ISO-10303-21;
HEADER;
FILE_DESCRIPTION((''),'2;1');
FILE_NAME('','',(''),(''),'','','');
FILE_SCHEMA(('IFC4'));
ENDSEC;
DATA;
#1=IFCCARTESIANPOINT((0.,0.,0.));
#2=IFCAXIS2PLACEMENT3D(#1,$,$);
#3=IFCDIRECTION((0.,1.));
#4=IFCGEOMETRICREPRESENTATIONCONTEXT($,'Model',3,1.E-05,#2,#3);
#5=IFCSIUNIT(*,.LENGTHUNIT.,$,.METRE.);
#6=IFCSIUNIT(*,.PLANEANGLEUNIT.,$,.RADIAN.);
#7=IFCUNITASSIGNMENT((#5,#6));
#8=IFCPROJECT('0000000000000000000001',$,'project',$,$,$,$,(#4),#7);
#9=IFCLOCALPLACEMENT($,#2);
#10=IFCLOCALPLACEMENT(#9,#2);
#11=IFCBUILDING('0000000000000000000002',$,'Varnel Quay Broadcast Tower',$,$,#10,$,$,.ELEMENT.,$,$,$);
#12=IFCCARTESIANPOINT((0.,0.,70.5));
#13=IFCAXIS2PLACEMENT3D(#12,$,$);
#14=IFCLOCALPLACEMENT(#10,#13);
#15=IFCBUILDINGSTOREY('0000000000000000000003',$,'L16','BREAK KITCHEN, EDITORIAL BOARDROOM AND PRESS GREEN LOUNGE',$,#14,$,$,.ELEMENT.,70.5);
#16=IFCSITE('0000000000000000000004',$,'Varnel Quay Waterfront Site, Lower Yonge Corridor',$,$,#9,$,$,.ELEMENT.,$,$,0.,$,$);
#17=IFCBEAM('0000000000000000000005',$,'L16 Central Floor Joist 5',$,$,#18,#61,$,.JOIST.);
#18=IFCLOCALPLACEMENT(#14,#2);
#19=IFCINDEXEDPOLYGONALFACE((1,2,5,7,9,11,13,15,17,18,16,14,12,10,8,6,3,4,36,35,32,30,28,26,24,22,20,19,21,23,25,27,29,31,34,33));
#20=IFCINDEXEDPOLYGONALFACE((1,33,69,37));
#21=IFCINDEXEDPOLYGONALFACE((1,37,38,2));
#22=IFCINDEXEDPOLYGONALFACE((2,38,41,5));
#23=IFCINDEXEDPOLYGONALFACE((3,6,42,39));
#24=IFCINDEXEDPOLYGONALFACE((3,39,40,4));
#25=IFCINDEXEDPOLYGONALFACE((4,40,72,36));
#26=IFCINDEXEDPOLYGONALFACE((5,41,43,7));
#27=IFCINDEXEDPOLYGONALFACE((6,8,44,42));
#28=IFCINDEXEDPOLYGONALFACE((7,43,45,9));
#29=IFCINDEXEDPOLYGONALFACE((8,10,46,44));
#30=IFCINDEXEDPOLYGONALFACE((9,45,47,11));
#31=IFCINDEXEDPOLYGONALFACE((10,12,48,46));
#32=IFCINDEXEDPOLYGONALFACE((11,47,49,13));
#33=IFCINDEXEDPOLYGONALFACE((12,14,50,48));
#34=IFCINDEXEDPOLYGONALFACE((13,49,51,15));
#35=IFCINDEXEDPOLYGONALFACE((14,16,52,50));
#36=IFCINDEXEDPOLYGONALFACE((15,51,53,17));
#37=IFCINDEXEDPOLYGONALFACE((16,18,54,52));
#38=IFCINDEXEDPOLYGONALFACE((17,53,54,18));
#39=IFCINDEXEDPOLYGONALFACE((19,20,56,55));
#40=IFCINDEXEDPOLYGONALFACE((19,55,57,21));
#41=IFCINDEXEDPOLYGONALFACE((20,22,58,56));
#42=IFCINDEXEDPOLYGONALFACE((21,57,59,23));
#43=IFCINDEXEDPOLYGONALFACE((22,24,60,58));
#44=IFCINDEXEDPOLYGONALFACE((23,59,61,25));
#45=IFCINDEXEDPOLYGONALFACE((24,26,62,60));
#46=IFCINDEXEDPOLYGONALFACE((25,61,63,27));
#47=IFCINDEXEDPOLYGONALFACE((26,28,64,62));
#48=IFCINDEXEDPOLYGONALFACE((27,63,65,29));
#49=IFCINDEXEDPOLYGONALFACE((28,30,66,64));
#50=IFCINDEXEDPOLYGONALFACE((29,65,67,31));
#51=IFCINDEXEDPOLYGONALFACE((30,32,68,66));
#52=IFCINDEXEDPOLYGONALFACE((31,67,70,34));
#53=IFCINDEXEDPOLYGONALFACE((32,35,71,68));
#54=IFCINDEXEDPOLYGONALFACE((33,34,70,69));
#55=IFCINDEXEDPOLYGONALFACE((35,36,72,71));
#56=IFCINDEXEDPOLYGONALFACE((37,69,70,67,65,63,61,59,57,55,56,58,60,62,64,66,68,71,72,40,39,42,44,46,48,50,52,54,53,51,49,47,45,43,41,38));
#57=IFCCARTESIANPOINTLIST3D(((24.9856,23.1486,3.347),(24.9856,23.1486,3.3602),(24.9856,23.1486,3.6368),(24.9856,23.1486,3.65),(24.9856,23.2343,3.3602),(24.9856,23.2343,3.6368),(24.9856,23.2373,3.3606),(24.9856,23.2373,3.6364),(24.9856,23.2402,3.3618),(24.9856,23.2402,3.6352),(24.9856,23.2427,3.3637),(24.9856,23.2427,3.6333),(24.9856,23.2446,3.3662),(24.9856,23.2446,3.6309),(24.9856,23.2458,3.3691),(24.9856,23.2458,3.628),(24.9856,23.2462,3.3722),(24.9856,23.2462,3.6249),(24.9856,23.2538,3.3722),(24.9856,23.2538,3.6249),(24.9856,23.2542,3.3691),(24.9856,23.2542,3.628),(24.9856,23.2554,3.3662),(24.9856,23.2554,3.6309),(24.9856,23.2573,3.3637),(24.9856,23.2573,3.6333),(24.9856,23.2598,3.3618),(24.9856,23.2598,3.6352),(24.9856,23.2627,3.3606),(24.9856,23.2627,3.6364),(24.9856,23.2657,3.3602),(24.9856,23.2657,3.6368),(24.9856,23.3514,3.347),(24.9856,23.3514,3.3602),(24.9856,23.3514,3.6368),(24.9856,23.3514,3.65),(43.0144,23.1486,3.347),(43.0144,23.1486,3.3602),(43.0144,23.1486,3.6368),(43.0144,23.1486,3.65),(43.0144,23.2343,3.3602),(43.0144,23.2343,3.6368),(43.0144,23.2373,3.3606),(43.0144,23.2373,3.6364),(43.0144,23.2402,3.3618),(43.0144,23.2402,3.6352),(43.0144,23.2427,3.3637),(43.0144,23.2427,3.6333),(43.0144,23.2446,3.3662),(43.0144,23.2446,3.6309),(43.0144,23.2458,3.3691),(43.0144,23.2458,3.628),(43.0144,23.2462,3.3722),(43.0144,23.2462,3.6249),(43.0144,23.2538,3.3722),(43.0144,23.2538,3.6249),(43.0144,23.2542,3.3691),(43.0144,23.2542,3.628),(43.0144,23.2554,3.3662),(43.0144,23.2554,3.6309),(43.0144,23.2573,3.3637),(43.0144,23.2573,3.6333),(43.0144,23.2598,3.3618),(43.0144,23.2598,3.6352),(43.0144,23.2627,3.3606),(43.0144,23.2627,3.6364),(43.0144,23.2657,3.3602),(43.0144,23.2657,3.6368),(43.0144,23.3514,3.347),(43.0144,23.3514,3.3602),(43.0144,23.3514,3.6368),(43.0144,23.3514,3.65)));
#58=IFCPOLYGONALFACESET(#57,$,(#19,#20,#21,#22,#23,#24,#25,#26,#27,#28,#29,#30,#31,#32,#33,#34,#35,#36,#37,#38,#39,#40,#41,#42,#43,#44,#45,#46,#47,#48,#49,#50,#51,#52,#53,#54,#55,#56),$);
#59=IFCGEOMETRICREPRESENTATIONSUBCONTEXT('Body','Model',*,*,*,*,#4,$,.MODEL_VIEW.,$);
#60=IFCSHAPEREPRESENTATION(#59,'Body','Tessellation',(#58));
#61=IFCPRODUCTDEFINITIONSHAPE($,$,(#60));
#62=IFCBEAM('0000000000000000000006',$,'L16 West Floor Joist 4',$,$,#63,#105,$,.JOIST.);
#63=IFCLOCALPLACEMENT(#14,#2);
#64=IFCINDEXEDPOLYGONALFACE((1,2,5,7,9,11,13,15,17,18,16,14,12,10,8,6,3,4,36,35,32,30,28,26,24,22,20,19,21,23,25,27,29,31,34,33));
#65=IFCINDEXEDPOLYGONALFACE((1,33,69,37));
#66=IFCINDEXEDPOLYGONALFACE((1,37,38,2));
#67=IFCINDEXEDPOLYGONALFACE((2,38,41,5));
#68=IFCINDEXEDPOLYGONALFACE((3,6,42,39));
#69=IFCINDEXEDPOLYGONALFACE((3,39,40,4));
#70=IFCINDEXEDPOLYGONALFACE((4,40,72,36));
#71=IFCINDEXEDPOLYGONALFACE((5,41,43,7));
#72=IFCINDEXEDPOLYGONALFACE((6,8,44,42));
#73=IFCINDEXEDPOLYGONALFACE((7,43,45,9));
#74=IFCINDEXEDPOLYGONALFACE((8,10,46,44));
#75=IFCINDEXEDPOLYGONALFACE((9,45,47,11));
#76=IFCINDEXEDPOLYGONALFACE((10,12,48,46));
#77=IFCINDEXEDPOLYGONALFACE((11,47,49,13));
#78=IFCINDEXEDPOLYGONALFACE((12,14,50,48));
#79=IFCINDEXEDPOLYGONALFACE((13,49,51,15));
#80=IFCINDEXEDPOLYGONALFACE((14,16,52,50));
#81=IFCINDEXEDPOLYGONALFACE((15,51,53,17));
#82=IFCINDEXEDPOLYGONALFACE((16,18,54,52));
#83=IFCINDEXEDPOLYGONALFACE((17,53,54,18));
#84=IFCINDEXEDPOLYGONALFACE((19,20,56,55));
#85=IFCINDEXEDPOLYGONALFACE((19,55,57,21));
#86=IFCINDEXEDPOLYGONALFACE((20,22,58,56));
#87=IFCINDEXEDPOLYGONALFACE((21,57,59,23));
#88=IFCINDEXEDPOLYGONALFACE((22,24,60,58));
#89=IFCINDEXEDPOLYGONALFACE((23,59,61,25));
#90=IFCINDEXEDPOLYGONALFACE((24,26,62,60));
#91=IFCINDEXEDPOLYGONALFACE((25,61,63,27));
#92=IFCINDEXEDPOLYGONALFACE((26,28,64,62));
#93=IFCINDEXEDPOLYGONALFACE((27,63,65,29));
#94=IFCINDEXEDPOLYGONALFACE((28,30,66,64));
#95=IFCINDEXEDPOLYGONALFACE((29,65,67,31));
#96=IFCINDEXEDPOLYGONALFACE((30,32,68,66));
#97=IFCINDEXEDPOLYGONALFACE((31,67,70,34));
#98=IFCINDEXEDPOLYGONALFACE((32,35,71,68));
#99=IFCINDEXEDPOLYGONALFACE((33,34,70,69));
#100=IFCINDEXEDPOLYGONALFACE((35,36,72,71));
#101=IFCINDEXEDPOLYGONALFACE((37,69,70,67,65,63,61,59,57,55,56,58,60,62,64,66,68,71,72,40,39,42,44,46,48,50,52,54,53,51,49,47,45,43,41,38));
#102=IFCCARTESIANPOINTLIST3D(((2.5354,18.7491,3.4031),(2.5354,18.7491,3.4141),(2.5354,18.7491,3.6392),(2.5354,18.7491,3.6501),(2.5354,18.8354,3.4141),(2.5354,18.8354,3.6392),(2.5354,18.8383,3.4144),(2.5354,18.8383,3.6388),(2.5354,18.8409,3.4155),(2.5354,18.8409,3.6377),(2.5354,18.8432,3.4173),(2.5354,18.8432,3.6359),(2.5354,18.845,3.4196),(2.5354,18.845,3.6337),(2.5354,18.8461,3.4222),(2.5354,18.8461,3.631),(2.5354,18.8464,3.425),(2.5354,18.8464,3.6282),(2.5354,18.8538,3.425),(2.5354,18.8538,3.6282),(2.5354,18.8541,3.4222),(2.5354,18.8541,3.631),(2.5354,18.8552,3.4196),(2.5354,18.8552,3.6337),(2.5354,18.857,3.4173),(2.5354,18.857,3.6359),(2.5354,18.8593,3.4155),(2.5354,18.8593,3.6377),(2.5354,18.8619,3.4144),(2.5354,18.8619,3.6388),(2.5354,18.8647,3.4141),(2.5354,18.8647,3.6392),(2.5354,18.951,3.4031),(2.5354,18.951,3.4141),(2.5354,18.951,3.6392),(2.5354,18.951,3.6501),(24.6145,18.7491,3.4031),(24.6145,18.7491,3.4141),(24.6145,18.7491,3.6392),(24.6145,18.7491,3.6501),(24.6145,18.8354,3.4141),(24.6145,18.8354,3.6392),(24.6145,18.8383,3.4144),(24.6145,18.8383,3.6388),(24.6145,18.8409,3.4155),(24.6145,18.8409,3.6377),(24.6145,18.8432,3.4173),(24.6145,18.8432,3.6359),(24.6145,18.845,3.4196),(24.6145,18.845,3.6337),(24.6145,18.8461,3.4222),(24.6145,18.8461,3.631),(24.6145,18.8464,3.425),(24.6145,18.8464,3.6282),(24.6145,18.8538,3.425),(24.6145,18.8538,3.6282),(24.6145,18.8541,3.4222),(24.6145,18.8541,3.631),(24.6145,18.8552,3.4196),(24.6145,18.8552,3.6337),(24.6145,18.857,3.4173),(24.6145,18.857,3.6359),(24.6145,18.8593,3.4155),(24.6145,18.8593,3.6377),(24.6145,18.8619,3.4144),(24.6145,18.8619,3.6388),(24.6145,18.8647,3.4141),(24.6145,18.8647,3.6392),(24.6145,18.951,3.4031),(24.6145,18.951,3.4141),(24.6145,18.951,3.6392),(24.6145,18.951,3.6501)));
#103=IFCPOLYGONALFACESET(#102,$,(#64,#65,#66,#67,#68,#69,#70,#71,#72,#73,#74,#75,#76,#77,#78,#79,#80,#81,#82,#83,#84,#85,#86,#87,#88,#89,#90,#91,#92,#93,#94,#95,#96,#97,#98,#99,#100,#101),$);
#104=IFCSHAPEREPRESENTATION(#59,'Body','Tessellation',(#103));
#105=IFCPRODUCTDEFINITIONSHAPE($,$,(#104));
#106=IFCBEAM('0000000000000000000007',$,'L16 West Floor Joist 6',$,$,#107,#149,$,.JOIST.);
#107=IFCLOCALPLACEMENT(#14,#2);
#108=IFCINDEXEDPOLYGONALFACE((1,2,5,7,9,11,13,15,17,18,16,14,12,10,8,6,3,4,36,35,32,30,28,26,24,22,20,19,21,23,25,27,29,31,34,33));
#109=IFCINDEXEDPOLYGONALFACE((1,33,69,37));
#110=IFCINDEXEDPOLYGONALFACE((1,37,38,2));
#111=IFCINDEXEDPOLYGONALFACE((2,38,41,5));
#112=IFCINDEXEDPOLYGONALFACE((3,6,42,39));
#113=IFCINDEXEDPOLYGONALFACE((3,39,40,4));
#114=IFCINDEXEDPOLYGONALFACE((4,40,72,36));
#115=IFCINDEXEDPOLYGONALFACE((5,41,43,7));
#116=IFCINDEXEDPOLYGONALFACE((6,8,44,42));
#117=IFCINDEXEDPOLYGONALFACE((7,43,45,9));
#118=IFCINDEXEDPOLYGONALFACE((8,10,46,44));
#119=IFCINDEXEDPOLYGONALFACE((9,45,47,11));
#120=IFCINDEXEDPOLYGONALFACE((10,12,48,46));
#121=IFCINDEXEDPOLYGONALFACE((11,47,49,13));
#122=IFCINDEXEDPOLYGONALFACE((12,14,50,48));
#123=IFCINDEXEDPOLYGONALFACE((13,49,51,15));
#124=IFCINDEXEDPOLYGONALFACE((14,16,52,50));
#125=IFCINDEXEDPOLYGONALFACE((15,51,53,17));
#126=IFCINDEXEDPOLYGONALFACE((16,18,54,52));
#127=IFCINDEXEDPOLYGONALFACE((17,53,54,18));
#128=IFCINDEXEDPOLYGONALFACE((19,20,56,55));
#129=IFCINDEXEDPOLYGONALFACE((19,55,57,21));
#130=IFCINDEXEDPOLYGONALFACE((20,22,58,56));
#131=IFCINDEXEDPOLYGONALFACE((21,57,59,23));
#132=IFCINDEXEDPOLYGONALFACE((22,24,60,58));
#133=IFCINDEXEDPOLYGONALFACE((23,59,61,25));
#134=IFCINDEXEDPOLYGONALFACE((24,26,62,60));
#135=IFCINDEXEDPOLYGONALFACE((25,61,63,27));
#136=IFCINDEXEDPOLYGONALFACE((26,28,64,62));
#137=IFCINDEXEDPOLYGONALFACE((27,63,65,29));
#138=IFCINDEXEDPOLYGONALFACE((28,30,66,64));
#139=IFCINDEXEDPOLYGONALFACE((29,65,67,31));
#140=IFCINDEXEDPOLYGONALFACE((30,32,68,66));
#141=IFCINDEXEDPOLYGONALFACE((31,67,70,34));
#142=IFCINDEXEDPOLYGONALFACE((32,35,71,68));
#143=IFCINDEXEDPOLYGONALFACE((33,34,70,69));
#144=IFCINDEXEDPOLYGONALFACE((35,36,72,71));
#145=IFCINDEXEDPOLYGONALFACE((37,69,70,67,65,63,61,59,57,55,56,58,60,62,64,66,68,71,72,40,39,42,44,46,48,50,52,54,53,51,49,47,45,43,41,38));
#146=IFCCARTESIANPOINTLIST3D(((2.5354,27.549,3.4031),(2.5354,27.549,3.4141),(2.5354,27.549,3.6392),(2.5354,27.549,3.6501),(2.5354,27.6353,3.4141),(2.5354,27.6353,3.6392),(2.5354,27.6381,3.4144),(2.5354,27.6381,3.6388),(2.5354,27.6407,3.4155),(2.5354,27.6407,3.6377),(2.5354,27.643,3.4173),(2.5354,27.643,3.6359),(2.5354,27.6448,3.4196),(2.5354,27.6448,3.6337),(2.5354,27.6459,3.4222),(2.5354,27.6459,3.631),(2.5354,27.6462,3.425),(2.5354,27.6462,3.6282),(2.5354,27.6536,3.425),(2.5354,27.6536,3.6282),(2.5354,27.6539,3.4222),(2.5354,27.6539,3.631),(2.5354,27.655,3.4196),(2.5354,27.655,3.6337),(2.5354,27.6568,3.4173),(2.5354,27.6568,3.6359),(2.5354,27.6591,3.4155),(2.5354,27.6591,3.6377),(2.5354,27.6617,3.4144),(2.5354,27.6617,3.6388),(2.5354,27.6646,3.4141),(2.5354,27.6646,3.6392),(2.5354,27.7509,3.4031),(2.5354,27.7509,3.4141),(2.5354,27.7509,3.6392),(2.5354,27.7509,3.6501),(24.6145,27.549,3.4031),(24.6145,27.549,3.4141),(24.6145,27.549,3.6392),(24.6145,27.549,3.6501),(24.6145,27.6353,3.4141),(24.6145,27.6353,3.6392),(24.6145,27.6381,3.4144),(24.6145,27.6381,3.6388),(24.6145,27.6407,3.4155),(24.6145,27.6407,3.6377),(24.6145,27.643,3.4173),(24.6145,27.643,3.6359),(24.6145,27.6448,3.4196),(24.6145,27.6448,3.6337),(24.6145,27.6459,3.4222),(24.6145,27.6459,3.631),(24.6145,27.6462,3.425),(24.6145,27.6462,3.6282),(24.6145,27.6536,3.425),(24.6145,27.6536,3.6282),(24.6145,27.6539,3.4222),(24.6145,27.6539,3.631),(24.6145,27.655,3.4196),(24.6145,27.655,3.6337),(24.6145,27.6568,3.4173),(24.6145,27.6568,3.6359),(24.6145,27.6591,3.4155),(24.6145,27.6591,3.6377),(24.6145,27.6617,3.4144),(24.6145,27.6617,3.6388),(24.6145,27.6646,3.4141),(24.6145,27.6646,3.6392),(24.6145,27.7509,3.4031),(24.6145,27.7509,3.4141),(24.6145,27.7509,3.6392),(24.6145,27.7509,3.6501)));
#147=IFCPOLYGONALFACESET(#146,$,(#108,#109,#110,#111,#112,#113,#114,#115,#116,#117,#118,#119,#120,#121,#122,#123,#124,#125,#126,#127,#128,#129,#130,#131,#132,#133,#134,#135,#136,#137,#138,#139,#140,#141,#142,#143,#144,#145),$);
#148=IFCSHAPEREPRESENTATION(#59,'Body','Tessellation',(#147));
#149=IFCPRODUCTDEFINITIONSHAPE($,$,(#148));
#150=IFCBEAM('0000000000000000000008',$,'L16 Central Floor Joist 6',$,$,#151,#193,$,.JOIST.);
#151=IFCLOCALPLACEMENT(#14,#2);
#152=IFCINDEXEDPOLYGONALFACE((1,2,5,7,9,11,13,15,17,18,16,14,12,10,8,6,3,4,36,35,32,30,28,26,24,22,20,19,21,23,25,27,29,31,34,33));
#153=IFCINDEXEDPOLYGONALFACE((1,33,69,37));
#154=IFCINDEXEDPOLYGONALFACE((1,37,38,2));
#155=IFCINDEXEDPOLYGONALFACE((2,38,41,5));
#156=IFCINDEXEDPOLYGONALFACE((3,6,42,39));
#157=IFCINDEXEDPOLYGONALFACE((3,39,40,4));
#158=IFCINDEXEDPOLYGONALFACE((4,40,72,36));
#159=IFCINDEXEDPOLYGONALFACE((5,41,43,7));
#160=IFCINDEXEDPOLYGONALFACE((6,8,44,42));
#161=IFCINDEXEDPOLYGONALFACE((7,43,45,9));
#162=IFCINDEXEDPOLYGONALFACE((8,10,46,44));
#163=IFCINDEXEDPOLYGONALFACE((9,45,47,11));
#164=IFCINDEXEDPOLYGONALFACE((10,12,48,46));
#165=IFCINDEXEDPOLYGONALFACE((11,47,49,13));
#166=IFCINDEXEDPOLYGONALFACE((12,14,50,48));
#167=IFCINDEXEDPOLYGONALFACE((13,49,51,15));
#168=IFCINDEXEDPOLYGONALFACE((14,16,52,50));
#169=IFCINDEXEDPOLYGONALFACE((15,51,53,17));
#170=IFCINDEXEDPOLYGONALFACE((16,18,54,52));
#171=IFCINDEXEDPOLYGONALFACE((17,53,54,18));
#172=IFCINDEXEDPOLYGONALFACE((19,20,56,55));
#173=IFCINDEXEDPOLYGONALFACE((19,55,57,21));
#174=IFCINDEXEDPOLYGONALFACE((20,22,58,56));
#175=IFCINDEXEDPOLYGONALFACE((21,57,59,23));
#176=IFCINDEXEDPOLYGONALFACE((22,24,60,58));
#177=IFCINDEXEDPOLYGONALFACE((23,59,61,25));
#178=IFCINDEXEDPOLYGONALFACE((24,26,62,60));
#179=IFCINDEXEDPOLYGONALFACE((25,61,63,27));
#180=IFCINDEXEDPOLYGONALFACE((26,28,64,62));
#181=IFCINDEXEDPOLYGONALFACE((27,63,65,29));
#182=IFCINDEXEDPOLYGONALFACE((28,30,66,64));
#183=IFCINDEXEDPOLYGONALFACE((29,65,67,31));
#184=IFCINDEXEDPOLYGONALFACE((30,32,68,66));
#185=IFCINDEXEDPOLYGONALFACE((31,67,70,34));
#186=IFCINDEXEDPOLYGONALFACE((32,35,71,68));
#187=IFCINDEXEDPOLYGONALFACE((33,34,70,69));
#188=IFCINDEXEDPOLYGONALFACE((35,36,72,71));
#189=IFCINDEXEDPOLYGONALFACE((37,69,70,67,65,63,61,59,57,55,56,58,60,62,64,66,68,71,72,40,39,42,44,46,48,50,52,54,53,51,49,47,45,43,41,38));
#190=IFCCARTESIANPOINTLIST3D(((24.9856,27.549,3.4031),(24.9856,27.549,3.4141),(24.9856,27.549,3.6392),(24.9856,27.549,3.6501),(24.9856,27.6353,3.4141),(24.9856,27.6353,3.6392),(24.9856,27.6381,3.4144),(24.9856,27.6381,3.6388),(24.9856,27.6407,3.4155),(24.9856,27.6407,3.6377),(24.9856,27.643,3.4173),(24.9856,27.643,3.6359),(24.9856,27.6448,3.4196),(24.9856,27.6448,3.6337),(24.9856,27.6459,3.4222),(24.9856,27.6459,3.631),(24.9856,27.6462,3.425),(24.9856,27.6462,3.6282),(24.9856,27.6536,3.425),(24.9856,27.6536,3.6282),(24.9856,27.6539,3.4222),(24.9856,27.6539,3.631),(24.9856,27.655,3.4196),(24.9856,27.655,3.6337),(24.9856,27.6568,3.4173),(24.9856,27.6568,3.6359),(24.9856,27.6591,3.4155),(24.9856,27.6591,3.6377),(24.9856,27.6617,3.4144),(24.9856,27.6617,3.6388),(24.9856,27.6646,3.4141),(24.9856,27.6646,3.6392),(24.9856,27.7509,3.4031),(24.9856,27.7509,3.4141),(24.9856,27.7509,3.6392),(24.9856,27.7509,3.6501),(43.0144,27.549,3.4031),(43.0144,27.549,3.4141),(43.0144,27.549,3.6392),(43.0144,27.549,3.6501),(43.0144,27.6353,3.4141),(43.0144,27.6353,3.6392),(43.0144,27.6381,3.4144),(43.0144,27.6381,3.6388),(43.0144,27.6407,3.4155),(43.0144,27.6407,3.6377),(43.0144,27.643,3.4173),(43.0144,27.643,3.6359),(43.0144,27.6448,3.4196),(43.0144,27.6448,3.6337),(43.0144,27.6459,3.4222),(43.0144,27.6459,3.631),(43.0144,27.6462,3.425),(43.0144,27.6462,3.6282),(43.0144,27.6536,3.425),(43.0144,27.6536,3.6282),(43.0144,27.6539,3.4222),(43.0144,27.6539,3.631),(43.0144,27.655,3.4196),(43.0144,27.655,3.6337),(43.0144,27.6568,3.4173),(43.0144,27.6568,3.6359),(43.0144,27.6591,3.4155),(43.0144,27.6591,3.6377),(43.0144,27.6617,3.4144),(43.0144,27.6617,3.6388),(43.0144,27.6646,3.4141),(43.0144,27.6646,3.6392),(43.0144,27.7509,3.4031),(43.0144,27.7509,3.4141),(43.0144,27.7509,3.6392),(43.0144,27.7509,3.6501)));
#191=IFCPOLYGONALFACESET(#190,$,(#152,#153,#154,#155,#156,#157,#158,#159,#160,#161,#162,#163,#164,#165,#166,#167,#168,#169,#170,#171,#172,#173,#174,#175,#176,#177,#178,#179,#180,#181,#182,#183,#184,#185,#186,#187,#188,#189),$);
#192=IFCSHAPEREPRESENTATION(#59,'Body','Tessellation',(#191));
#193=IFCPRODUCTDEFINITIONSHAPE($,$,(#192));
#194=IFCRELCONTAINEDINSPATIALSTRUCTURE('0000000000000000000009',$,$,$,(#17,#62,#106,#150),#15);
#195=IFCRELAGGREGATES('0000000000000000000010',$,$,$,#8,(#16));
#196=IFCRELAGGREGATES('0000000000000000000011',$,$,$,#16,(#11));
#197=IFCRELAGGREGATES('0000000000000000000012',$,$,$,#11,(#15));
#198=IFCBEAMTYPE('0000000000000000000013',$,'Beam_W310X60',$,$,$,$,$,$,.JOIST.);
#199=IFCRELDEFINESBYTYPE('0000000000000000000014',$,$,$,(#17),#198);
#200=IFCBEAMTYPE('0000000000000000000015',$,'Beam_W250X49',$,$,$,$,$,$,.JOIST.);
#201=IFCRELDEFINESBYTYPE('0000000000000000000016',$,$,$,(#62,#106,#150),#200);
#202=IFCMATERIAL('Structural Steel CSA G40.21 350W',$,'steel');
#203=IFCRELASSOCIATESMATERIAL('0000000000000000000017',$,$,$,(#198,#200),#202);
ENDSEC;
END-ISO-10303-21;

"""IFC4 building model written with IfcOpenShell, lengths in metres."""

from ifc_helpers import new_model, si_unit, direction, frame, origin, origin_2d, place, context, subcontext, project, spatial, i_section, extrude, source, transform, mapped, material, material_profile, profile_set, type_object, type_shapes, element, save


model = new_model("IFC4")

# Units and contexts
model_context = context("Model", 3, precision=1e-05, world=origin(), true_north=direction((0.0, 1.0)))
body_context = subcontext(model_context, "Body", "Model", "MODEL_VIEW")
ifc_project = project(units=[si_unit("LENGTHUNIT", "METRE"), si_unit("PLANEANGLEUNIT", "RADIAN")], contexts=[model_context])

# Site, building, storey
site_placement = place(None, origin())
site = spatial("IfcSite", under=ifc_project, at=site_placement, Name="Varnel Quay Waterfront Site, Lower Yonge Corridor", CompositionType="ELEMENT", RefElevation=0.0)
building_placement = place(site_placement, origin())
building = spatial("IfcBuilding", under=site, at=building_placement, Name="Varnel Quay Broadcast Tower", CompositionType="ELEMENT")
storey_placement = place(building_placement, frame((0.0, 0.0, 70.5)))
storey = spatial("IfcBuildingStorey", under=building, at=storey_placement, Name="L16", Description="BREAK KITCHEN, EDITORIAL BOARDROOM AND PRESS GREEN LOUNGE", CompositionType="ELEMENT", Elevation=70.5)

# Shared definitions
ifc_material_1 = material(Name="Structural Steel CSA G40.21 350W", Category="steel")

# Beams
ifc_material_profile_1 = material_profile(ifc_material_1, i_section(OverallWidth=0.2029, OverallDepth=0.303, WebThickness=0.0076, FlangeThickness=0.0132, FilletRadius=0.012, at=origin_2d()), Name="W310X60")
ifc_profile_set_1 = profile_set([ifc_material_profile_1], Name="Structural Steel CSA G40.21 350W")
beam_type_1 = type_object("IfcBeamType", Name="Beam_W310X60", PredefinedType="JOIST", material=ifc_profile_set_1)
shared_shape_1 = source(origin(), body_context, "Body", "SweptSolid", [
    extrude(i_section(OverallWidth=0.2029, OverallDepth=0.303, WebThickness=0.0076, FlangeThickness=0.0132, FilletRadius=0.012, at=origin_2d()), origin(), (0.0, 0.0, 1.0), 18.0288),
])
beam_1_placement = place(storey_placement, frame((24.9856, 23.25, 3.4985), z_axis=(1.0, 0.0, 0.0), x_axis=(0.0, 1.0, 0.0)))
element("IfcBeam", 1, at=beam_1_placement, inside=storey, type_object=beam_type_1, Name="L16 Central Floor Joist 5", PredefinedType="JOIST", context=body_context, shape_type="MappedRepresentation", body=[
    mapped(shared_shape_1, transform((0.0, 0.0, 0.0), x_axis=(1.0, 0.0, 0.0), y_axis=(0.0, 1.0, 0.0), z_axis=(0.0, 0.0, 1.0), scale=1.0)),
])
ifc_material_profile_2 = material_profile(ifc_material_1, i_section(OverallWidth=0.2019, OverallDepth=0.2471, WebThickness=0.0073, FlangeThickness=0.011, FilletRadius=0.011, at=origin_2d()), Name="W250X49")
ifc_profile_set_2 = profile_set([ifc_material_profile_2], Name="Structural Steel CSA G40.21 350W")
beam_type_2 = type_object("IfcBeamType", Name="Beam_W250X49", PredefinedType="JOIST", material=ifc_profile_set_2)
shared_shape_2 = source(origin(), body_context, "Body", "SweptSolid", [
    extrude(i_section(OverallWidth=0.2019, OverallDepth=0.2471, WebThickness=0.0073, FlangeThickness=0.011, FilletRadius=0.011, at=origin_2d()), origin(), (0.0, 0.0, 1.0), 22.0791),
])
for number, where, z_axis, x_axis, name in (
    (2, (2.5354, 18.8501, 3.5266), (1.0, 0.0, 0.0), (0.0, 1.0, 0.0), "L16 West Floor Joist 4"),
    (3, (2.5354, 27.6499, 3.5266), (1.0, 0.0, 0.0), (0.0, 1.0, 0.0), "L16 West Floor Joist 6"),
):
    element("IfcBeam", number, at=place(storey_placement, frame(where, z_axis=z_axis, x_axis=x_axis)), inside=storey, type_object=beam_type_2, Name=name, PredefinedType="JOIST", context=body_context, shape_type="MappedRepresentation", body=[
        mapped(shared_shape_2, transform((0.0, 0.0, 0.0), x_axis=(1.0, 0.0, 0.0), y_axis=(0.0, 1.0, 0.0), z_axis=(0.0, 0.0, 1.0), scale=1.0)),
    ])
shared_shape_3 = source(origin(), body_context, "Body", "SweptSolid", [
    extrude(i_section(OverallWidth=0.2019, OverallDepth=0.2471, WebThickness=0.0073, FlangeThickness=0.011, FilletRadius=0.011, at=origin_2d()), origin(), (0.0, 0.0, 1.0), 18.0288),
])
type_shapes(beam_type_2, [shared_shape_2, shared_shape_3])
beam_2_placement = place(storey_placement, frame((24.9856, 27.6499, 3.5266), z_axis=(1.0, 0.0, 0.0), x_axis=(0.0, 1.0, 0.0)))
element("IfcBeam", 4, at=beam_2_placement, inside=storey, type_object=beam_type_2, Name="L16 Central Floor Joist 6", PredefinedType="JOIST", context=body_context, shape_type="MappedRepresentation", body=[
    mapped(shared_shape_3, transform((0.0, 0.0, 0.0), x_axis=(1.0, 0.0, 0.0), y_axis=(0.0, 1.0, 0.0), z_axis=(0.0, 0.0, 1.0), scale=1.0)),
])

save(model, "model.ifc")
